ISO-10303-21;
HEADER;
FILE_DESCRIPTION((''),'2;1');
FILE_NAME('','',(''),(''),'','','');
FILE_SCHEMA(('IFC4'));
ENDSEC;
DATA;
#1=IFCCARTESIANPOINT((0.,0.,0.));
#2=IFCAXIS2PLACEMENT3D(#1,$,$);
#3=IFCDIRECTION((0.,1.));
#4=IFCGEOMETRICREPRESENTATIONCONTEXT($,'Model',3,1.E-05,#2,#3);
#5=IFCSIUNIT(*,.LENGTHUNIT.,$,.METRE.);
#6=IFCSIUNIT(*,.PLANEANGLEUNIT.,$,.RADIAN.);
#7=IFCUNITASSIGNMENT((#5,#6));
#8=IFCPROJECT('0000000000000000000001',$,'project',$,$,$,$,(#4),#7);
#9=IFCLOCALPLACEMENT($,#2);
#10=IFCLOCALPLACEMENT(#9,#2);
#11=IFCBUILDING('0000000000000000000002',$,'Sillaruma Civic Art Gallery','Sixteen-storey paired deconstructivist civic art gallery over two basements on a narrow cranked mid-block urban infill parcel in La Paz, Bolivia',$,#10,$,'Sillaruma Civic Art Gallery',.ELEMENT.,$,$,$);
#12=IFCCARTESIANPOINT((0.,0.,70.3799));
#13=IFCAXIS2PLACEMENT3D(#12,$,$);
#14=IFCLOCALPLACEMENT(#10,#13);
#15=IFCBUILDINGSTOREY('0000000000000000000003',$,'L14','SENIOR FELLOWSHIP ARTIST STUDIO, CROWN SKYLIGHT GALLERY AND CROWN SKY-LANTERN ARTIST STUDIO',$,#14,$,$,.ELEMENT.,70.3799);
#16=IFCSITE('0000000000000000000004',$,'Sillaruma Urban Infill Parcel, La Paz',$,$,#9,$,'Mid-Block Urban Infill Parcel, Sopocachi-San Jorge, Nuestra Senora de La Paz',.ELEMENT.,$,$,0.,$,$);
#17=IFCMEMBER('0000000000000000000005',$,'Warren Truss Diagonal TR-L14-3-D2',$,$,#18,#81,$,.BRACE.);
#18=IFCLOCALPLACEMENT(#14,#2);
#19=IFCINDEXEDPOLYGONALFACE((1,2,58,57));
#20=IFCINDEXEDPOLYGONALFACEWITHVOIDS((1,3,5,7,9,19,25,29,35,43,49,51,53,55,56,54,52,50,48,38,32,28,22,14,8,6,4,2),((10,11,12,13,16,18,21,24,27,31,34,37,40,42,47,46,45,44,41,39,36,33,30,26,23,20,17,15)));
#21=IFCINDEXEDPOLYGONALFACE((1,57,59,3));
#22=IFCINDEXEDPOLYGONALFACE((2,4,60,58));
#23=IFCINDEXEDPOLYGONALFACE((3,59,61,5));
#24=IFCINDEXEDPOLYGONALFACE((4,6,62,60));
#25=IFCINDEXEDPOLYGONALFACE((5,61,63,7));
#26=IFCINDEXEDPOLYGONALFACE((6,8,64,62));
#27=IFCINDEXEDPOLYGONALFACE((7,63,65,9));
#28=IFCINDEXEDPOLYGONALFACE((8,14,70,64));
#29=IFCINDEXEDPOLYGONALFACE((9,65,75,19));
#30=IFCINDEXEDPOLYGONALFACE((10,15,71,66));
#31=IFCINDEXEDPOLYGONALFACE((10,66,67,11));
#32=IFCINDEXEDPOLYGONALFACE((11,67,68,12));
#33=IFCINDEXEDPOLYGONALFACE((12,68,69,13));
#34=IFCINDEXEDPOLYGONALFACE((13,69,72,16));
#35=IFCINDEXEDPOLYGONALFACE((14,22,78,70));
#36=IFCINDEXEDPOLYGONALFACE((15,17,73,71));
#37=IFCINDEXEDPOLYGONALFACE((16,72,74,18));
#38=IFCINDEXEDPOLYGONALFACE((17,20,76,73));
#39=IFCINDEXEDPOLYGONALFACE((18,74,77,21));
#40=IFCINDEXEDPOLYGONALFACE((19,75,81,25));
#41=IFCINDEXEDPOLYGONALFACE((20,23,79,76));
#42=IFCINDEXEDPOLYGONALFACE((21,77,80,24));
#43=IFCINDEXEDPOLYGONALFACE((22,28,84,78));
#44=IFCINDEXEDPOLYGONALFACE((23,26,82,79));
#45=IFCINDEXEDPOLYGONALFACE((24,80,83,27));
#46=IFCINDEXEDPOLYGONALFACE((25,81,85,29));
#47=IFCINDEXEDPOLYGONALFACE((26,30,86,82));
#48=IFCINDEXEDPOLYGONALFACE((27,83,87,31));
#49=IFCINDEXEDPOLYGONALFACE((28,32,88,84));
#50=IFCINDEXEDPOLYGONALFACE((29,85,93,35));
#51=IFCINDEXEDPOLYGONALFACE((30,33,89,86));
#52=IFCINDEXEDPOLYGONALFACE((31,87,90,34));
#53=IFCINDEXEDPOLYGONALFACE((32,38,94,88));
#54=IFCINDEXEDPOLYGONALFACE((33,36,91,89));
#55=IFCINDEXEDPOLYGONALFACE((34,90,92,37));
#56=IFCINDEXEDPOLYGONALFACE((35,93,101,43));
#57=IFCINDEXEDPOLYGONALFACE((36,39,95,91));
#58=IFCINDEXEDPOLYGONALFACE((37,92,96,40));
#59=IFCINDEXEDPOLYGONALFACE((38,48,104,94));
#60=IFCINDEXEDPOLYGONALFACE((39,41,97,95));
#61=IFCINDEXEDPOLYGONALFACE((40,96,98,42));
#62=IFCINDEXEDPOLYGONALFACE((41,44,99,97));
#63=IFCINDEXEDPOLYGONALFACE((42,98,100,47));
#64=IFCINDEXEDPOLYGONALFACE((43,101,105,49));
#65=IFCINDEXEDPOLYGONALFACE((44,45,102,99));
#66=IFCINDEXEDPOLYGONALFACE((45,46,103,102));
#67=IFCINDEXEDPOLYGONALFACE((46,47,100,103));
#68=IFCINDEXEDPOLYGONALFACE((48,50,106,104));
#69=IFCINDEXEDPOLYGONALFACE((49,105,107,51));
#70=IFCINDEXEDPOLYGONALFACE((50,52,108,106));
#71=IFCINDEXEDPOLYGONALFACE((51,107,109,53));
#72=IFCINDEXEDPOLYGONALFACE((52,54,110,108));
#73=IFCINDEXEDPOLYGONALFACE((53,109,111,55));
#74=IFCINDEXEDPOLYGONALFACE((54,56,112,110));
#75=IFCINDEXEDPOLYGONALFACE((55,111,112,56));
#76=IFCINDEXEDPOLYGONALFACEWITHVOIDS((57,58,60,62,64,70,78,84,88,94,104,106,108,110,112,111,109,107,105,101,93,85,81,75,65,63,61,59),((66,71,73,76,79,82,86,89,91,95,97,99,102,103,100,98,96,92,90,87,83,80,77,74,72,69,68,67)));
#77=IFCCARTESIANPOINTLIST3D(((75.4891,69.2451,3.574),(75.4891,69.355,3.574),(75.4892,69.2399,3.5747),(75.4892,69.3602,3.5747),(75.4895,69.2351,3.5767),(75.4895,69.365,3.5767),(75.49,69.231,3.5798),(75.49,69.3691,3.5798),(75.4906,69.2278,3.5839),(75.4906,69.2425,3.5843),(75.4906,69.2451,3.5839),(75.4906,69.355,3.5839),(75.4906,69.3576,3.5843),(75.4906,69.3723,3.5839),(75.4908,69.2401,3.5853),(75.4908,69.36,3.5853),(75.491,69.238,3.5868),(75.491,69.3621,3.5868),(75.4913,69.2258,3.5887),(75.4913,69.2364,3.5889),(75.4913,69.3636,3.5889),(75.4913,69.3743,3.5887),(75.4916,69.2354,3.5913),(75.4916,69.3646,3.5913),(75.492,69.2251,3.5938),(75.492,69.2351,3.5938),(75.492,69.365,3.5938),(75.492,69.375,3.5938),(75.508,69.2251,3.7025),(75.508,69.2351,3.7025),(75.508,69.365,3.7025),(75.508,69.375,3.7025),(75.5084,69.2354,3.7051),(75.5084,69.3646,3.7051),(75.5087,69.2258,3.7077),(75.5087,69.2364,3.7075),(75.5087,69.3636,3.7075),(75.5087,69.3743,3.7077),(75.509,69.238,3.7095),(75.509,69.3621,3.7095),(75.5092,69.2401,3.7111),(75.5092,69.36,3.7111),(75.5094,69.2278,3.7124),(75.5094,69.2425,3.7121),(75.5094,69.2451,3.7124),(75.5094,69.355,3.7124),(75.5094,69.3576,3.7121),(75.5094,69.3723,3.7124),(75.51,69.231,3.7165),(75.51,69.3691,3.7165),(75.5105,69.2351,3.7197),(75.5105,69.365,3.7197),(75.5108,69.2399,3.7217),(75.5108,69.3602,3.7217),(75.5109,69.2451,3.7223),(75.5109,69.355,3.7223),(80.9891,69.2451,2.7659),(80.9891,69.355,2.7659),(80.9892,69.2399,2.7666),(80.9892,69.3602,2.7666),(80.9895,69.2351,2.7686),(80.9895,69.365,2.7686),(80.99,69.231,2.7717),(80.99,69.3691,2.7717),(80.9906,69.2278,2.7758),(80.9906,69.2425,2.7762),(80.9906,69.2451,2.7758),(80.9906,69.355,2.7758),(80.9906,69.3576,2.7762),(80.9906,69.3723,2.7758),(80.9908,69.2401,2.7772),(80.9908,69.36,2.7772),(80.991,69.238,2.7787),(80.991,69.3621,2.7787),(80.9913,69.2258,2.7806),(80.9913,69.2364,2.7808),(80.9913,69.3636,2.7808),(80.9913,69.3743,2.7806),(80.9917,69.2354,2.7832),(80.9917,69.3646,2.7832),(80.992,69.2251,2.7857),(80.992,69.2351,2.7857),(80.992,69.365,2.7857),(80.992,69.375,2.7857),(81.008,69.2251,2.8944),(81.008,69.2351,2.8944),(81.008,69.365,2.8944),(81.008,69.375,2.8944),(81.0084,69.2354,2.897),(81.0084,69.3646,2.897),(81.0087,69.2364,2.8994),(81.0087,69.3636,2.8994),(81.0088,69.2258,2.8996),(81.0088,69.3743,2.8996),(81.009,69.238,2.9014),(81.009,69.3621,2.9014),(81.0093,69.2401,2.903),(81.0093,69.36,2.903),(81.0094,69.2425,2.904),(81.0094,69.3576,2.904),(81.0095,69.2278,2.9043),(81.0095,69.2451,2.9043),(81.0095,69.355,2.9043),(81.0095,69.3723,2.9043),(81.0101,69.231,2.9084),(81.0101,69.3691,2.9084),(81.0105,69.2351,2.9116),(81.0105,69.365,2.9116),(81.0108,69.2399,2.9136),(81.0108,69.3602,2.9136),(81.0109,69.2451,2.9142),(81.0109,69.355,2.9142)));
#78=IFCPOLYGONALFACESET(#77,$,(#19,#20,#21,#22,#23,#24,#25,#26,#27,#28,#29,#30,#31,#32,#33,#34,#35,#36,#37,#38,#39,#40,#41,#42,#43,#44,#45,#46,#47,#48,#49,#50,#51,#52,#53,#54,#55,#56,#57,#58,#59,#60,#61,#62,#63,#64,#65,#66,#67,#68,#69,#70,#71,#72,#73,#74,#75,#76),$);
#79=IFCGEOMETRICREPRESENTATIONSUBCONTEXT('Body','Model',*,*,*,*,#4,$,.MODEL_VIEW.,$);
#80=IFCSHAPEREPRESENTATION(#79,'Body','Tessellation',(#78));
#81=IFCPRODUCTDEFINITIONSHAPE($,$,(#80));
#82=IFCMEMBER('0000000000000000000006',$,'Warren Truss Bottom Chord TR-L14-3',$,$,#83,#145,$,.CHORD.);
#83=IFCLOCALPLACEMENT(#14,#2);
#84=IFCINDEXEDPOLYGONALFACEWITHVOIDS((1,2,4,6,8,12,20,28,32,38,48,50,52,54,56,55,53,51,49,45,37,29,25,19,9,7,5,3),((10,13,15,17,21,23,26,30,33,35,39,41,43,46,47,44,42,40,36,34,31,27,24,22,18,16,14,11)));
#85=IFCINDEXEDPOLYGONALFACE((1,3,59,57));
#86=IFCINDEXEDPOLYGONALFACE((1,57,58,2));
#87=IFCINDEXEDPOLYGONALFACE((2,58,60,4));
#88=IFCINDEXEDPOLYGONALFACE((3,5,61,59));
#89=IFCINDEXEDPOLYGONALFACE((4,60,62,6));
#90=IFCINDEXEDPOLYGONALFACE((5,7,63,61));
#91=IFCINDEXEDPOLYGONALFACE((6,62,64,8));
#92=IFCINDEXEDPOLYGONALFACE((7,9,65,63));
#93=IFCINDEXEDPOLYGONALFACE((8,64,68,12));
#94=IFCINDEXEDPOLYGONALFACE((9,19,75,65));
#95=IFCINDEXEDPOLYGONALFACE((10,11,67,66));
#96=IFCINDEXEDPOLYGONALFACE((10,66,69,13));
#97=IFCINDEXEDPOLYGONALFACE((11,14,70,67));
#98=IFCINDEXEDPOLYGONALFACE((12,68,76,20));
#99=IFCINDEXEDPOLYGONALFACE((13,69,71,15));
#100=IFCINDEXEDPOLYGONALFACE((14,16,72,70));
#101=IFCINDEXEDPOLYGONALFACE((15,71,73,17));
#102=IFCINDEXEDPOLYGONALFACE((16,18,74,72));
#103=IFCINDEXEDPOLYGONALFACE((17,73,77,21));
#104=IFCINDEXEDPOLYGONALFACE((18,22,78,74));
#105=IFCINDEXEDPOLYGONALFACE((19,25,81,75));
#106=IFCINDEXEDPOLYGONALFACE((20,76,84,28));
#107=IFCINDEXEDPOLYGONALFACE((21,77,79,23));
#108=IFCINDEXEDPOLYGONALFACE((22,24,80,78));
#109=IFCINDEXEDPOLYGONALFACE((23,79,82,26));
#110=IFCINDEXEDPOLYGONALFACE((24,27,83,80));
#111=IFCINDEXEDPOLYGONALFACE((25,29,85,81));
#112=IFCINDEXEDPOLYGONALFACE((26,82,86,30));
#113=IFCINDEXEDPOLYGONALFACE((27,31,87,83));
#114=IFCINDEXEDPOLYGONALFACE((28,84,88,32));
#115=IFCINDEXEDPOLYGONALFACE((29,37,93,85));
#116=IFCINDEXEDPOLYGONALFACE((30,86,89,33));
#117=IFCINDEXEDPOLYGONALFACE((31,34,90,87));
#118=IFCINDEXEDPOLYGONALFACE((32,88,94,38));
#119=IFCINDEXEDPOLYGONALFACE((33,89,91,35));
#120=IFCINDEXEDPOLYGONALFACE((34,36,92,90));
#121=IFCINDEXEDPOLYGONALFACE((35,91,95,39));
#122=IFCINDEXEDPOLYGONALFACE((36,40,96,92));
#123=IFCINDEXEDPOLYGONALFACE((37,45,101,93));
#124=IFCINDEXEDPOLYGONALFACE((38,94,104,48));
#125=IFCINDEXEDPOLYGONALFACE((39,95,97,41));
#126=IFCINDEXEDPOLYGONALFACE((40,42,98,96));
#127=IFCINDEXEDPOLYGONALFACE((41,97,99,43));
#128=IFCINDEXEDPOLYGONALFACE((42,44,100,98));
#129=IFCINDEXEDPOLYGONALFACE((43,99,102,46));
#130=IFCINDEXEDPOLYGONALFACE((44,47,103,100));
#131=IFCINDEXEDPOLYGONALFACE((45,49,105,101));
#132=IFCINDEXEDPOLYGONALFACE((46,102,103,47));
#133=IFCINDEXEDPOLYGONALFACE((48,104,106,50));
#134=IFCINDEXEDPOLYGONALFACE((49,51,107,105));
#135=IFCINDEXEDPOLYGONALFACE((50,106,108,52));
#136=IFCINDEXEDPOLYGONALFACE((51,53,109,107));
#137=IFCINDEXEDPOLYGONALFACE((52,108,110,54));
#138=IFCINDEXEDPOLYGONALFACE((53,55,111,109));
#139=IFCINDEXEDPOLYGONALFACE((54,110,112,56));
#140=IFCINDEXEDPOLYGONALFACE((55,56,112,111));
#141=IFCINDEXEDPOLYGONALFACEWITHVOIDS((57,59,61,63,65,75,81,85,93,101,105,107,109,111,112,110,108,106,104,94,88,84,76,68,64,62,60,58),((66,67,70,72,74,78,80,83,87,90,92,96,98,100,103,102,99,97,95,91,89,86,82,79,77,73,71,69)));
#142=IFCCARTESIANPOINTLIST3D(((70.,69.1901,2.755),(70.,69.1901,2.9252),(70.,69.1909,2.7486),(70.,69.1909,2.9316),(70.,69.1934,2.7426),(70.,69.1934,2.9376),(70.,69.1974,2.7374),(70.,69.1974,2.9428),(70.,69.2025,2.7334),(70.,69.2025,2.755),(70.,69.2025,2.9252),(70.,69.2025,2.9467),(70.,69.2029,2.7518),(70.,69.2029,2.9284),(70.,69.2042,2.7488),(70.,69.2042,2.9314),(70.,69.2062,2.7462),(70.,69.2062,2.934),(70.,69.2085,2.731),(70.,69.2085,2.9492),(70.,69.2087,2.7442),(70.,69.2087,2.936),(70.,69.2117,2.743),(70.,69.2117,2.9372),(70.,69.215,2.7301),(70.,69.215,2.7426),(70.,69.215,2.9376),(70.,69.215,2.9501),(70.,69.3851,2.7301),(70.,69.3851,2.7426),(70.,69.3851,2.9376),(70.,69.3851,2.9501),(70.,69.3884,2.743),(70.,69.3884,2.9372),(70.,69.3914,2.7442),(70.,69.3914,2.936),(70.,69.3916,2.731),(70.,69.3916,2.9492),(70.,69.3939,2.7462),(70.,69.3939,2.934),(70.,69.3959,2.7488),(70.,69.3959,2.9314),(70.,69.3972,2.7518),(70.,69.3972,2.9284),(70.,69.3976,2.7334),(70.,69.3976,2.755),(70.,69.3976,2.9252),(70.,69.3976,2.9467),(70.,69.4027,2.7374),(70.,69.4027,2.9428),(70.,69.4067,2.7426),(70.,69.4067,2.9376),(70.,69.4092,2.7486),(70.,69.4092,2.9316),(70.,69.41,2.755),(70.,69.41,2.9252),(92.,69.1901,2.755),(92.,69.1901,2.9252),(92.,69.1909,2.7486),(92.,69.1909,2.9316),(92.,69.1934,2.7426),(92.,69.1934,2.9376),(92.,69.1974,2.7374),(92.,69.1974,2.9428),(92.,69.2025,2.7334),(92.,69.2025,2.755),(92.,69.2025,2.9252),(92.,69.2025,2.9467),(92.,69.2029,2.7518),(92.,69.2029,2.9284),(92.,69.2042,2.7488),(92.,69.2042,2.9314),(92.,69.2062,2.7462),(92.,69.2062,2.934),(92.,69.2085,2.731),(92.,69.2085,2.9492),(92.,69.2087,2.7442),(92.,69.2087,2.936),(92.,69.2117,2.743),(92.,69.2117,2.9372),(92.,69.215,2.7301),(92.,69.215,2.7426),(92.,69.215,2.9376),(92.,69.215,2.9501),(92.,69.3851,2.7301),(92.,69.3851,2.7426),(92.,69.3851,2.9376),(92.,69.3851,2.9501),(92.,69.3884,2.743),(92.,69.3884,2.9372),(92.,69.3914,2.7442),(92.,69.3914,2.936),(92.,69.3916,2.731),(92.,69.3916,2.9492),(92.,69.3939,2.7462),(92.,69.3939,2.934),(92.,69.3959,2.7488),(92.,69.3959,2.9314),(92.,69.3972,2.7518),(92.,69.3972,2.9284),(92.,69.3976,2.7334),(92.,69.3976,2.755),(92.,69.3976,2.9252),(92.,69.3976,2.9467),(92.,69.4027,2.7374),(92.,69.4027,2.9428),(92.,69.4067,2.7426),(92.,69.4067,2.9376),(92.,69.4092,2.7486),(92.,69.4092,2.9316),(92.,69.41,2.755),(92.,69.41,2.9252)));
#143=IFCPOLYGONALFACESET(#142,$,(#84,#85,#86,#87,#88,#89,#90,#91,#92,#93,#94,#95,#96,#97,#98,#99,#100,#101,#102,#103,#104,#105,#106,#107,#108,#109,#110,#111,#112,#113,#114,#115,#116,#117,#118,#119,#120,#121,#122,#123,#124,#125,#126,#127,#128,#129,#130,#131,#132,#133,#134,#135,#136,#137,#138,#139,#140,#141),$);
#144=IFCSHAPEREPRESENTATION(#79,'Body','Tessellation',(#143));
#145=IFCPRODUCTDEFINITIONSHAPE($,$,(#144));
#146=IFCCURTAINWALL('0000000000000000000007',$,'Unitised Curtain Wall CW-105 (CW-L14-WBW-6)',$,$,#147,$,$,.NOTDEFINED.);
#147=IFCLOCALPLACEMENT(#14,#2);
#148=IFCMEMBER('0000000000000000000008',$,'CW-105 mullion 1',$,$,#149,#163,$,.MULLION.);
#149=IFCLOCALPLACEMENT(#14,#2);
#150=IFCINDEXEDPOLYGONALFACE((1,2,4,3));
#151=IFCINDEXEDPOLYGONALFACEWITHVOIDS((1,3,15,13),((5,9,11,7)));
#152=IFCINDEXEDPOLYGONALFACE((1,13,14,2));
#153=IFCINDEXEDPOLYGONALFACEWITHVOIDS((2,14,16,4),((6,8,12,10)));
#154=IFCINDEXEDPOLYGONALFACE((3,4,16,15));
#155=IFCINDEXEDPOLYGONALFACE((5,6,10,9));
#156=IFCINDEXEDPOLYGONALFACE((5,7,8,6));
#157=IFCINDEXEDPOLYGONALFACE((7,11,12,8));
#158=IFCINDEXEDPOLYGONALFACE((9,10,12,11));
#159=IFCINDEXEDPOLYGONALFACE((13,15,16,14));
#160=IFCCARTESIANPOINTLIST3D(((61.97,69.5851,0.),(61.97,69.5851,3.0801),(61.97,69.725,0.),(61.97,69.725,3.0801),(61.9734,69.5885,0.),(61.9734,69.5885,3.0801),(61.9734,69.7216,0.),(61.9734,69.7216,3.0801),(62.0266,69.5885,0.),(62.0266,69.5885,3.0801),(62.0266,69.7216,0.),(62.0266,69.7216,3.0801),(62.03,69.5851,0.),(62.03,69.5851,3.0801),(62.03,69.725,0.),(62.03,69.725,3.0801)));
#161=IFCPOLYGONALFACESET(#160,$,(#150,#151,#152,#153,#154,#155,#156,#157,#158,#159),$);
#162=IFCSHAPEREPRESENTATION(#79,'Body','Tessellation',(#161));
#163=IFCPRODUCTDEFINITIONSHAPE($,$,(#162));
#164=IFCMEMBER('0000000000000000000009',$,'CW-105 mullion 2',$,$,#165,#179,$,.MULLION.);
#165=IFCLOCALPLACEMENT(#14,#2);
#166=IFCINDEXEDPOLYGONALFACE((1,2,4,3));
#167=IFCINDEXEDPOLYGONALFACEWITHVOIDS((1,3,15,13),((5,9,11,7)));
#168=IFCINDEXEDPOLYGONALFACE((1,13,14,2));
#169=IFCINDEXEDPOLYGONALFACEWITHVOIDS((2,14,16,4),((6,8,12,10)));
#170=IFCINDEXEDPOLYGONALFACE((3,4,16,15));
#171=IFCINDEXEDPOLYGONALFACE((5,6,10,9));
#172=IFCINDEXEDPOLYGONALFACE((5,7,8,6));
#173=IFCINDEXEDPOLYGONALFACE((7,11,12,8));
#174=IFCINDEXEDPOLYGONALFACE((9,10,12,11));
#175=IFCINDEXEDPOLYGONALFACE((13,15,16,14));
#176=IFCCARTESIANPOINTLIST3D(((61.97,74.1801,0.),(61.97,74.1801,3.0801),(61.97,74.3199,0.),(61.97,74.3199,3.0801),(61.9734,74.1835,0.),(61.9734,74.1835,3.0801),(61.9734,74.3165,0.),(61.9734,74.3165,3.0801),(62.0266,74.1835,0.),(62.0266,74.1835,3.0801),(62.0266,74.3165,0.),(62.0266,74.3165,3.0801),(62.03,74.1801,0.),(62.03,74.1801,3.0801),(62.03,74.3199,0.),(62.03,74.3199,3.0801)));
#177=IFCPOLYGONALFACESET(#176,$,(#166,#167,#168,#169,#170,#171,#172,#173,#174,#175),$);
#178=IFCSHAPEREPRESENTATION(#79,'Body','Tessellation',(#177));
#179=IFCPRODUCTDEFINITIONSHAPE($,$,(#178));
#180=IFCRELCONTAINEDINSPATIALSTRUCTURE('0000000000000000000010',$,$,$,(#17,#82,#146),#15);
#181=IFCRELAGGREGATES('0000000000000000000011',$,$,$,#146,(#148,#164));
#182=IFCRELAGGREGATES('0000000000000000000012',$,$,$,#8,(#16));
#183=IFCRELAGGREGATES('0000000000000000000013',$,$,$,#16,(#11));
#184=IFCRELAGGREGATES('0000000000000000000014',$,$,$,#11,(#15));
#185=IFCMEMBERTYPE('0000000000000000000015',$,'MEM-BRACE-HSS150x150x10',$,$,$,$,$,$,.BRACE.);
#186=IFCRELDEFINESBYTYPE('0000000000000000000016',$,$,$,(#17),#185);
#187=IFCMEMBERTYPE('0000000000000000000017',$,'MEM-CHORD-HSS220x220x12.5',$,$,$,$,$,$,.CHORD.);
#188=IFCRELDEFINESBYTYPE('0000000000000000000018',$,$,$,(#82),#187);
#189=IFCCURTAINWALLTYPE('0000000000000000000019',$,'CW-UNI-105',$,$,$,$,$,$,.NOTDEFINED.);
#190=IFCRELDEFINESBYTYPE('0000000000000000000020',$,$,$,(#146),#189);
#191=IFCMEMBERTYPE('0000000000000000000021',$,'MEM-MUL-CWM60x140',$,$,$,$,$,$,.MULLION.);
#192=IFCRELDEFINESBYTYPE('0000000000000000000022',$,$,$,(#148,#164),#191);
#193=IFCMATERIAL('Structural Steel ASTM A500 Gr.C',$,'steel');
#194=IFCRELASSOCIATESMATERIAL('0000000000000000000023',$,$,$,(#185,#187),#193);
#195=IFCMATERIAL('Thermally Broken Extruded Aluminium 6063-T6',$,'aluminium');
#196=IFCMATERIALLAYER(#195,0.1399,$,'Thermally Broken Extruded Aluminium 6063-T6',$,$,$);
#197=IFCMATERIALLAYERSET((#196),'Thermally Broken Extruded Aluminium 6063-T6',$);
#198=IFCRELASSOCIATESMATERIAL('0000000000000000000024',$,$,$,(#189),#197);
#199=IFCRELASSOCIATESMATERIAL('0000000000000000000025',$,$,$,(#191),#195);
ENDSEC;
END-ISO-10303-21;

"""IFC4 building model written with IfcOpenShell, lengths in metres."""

from ifc_helpers import new_model, si_unit, direction, frame, origin, origin_2d, place, context, subcontext, project, spatial, hollow_rectangle, extrude, material, layer, layer_set, material_profile, profile_set, type_object, element, aggregate, save


model = new_model("IFC4")

# Units and contexts
model_context = context("Model", 3, precision=1e-05, world=origin(), true_north=direction((0.0, 1.0)))
body_context = subcontext(model_context, "Body", "Model", "MODEL_VIEW")
ifc_project = project(units=[si_unit("LENGTHUNIT", "METRE"), si_unit("PLANEANGLEUNIT", "RADIAN")], contexts=[model_context])

# Site, building, storey
site_placement = place(None, origin())
site = spatial("IfcSite", under=ifc_project, at=site_placement, Name="Sillaruma Urban Infill Parcel, La Paz", LongName="Mid-Block Urban Infill Parcel, Sopocachi-San Jorge, Nuestra Senora de La Paz", CompositionType="ELEMENT", RefElevation=0.0)
building_placement = place(site_placement, origin())
building = spatial("IfcBuilding", under=site, at=building_placement, Name="Sillaruma Civic Art Gallery", Description="Sixteen-storey paired deconstructivist civic art gallery over two basements on a narrow cranked mid-block urban infill parcel in La Paz, Bolivia", LongName="Sillaruma Civic Art Gallery", CompositionType="ELEMENT")
storey_placement = place(building_placement, frame((0.0, 0.0, 70.3799)))
storey = spatial("IfcBuildingStorey", under=building, at=storey_placement, Name="L14", Description="SENIOR FELLOWSHIP ARTIST STUDIO, CROWN SKYLIGHT GALLERY AND CROWN SKY-LANTERN ARTIST STUDIO", CompositionType="ELEMENT", Elevation=70.3799)

# Members
ifc_material_1 = material(Name="Structural Steel ASTM A500 Gr.C", Category="steel")
ifc_material_profile_1 = material_profile(ifc_material_1, hollow_rectangle(XDim=0.1499, YDim=0.1499, WallThickness=0.01, InnerFilletRadius=0.01, OuterFilletRadius=0.02, at=origin_2d()), Name="HSS150x150x10")
ifc_profile_set_1 = profile_set([ifc_material_profile_1], Name="Structural Steel ASTM A500 Gr.C")
member_type_1 = type_object("IfcMemberType", Name="MEM-BRACE-HSS150x150x10", PredefinedType="BRACE", material=ifc_profile_set_1)
for number, where, z_axis, x_axis, name in (
    (1, (75.5, 69.3, 3.6482), (0.989378, 0.0, -0.145368), (0.0, 1.0, 0.0), "Warren Truss Diagonal TR-L14-3-D2"),
):
    element("IfcMember", number, at=place(storey_placement, frame(where, z_axis=z_axis, x_axis=x_axis)), inside=storey, type_object=member_type_1, Name=name, PredefinedType="BRACE", context=body_context, shape_type="SweptSolid", body=[
        extrude(hollow_rectangle(XDim=0.1499, YDim=0.1499, WallThickness=0.01, InnerFilletRadius=0.01, OuterFilletRadius=0.02, at=origin_2d()), origin(), (0.0, 0.0, 1.0), 5.5591),
    ])
ifc_material_profile_2 = material_profile(ifc_material_1, hollow_rectangle(XDim=0.22, YDim=0.22, WallThickness=0.0125, InnerFilletRadius=0.0125, OuterFilletRadius=0.0249, at=origin_2d()), Name="HSS220x220x12.5")
ifc_profile_set_2 = profile_set([ifc_material_profile_2], Name="Structural Steel ASTM A500 Gr.C")
member_type_2 = type_object("IfcMemberType", Name="MEM-CHORD-HSS220x220x12.5", PredefinedType="CHORD", material=ifc_profile_set_2)
member_1_placement = place(storey_placement, frame((70.0, 69.3, 2.8401), z_axis=(1.0, 0.0, 0.0), x_axis=(0.0, 1.0, 0.0)))
element("IfcMember", 2, at=member_1_placement, inside=storey, type_object=member_type_2, Name="Warren Truss Bottom Chord TR-L14-3", PredefinedType="CHORD", context=body_context, shape_type="SweptSolid", body=[
    extrude(hollow_rectangle(XDim=0.22, YDim=0.22, WallThickness=0.0125, InnerFilletRadius=0.0125, OuterFilletRadius=0.0249, at=origin_2d()), origin(), (0.0, 0.0, 1.0), 22.0),
])

# Curtain wall, members
ifc_material_2 = material(Name="Thermally Broken Extruded Aluminium 6063-T6", Category="aluminium")
ifc_layer_1 = layer(ifc_material_2, 0.1399, Name="Thermally Broken Extruded Aluminium 6063-T6")
ifc_layer_set_1 = layer_set([ifc_layer_1], Name="Thermally Broken Extruded Aluminium 6063-T6")
curtain_wall_type_1 = type_object("IfcCurtainWallType", Name="CW-UNI-105", PredefinedType="NOTDEFINED", material=ifc_layer_set_1)
curtain_wall_1_placement = place(storey_placement, origin())
curtain_wall_1 = element("IfcCurtainWall", 3, at=curtain_wall_1_placement, inside=storey, type_object=curtain_wall_type_1, Name="Unitised Curtain Wall CW-105 (CW-L14-WBW-6)", PredefinedType="NOTDEFINED")
ifc_material_profile_3 = material_profile(ifc_material_2, hollow_rectangle(XDim=0.0601, YDim=0.1399, WallThickness=0.0034, at=origin_2d()), Name="CWM60x140")
ifc_profile_set_3 = profile_set([ifc_material_profile_3], Name="Thermally Broken Extruded Aluminium 6063-T6")
member_type_3 = type_object("IfcMemberType", Name="MEM-MUL-CWM60x140", PredefinedType="MULLION", material=ifc_profile_set_3)
member_2_placement = place(storey_placement, frame((62.0, 69.655, 0.0), z_axis=(0.0, 0.0, 1.0), x_axis=(-1.0, 0.0, 0.0)))
member_2 = element("IfcMember", 4, at=member_2_placement, type_object=member_type_3, Name="CW-105 mullion 1", PredefinedType="MULLION", context=body_context, shape_type="SweptSolid", body=[
    extrude(hollow_rectangle(XDim=0.0601, YDim=0.1399, WallThickness=0.0034, at=origin_2d()), origin(), (0.0, 0.0, 1.0), 3.0801),
])
member_3_placement = place(storey_placement, frame((62.0, 74.25, 0.0), z_axis=(0.0, 0.0, 1.0), x_axis=(-1.0, 0.0, 0.0)))
member_3 = element("IfcMember", 5, at=member_3_placement, type_object=member_type_3, Name="CW-105 mullion 2", PredefinedType="MULLION", context=body_context, shape_type="SweptSolid", body=[
    extrude(hollow_rectangle(XDim=0.0601, YDim=0.1399, WallThickness=0.0034, at=origin_2d()), origin(), (0.0, 0.0, 1.0), 3.0801),
])

aggregate(curtain_wall_1, [member_2, member_3])

save(model, "model.ifc")
